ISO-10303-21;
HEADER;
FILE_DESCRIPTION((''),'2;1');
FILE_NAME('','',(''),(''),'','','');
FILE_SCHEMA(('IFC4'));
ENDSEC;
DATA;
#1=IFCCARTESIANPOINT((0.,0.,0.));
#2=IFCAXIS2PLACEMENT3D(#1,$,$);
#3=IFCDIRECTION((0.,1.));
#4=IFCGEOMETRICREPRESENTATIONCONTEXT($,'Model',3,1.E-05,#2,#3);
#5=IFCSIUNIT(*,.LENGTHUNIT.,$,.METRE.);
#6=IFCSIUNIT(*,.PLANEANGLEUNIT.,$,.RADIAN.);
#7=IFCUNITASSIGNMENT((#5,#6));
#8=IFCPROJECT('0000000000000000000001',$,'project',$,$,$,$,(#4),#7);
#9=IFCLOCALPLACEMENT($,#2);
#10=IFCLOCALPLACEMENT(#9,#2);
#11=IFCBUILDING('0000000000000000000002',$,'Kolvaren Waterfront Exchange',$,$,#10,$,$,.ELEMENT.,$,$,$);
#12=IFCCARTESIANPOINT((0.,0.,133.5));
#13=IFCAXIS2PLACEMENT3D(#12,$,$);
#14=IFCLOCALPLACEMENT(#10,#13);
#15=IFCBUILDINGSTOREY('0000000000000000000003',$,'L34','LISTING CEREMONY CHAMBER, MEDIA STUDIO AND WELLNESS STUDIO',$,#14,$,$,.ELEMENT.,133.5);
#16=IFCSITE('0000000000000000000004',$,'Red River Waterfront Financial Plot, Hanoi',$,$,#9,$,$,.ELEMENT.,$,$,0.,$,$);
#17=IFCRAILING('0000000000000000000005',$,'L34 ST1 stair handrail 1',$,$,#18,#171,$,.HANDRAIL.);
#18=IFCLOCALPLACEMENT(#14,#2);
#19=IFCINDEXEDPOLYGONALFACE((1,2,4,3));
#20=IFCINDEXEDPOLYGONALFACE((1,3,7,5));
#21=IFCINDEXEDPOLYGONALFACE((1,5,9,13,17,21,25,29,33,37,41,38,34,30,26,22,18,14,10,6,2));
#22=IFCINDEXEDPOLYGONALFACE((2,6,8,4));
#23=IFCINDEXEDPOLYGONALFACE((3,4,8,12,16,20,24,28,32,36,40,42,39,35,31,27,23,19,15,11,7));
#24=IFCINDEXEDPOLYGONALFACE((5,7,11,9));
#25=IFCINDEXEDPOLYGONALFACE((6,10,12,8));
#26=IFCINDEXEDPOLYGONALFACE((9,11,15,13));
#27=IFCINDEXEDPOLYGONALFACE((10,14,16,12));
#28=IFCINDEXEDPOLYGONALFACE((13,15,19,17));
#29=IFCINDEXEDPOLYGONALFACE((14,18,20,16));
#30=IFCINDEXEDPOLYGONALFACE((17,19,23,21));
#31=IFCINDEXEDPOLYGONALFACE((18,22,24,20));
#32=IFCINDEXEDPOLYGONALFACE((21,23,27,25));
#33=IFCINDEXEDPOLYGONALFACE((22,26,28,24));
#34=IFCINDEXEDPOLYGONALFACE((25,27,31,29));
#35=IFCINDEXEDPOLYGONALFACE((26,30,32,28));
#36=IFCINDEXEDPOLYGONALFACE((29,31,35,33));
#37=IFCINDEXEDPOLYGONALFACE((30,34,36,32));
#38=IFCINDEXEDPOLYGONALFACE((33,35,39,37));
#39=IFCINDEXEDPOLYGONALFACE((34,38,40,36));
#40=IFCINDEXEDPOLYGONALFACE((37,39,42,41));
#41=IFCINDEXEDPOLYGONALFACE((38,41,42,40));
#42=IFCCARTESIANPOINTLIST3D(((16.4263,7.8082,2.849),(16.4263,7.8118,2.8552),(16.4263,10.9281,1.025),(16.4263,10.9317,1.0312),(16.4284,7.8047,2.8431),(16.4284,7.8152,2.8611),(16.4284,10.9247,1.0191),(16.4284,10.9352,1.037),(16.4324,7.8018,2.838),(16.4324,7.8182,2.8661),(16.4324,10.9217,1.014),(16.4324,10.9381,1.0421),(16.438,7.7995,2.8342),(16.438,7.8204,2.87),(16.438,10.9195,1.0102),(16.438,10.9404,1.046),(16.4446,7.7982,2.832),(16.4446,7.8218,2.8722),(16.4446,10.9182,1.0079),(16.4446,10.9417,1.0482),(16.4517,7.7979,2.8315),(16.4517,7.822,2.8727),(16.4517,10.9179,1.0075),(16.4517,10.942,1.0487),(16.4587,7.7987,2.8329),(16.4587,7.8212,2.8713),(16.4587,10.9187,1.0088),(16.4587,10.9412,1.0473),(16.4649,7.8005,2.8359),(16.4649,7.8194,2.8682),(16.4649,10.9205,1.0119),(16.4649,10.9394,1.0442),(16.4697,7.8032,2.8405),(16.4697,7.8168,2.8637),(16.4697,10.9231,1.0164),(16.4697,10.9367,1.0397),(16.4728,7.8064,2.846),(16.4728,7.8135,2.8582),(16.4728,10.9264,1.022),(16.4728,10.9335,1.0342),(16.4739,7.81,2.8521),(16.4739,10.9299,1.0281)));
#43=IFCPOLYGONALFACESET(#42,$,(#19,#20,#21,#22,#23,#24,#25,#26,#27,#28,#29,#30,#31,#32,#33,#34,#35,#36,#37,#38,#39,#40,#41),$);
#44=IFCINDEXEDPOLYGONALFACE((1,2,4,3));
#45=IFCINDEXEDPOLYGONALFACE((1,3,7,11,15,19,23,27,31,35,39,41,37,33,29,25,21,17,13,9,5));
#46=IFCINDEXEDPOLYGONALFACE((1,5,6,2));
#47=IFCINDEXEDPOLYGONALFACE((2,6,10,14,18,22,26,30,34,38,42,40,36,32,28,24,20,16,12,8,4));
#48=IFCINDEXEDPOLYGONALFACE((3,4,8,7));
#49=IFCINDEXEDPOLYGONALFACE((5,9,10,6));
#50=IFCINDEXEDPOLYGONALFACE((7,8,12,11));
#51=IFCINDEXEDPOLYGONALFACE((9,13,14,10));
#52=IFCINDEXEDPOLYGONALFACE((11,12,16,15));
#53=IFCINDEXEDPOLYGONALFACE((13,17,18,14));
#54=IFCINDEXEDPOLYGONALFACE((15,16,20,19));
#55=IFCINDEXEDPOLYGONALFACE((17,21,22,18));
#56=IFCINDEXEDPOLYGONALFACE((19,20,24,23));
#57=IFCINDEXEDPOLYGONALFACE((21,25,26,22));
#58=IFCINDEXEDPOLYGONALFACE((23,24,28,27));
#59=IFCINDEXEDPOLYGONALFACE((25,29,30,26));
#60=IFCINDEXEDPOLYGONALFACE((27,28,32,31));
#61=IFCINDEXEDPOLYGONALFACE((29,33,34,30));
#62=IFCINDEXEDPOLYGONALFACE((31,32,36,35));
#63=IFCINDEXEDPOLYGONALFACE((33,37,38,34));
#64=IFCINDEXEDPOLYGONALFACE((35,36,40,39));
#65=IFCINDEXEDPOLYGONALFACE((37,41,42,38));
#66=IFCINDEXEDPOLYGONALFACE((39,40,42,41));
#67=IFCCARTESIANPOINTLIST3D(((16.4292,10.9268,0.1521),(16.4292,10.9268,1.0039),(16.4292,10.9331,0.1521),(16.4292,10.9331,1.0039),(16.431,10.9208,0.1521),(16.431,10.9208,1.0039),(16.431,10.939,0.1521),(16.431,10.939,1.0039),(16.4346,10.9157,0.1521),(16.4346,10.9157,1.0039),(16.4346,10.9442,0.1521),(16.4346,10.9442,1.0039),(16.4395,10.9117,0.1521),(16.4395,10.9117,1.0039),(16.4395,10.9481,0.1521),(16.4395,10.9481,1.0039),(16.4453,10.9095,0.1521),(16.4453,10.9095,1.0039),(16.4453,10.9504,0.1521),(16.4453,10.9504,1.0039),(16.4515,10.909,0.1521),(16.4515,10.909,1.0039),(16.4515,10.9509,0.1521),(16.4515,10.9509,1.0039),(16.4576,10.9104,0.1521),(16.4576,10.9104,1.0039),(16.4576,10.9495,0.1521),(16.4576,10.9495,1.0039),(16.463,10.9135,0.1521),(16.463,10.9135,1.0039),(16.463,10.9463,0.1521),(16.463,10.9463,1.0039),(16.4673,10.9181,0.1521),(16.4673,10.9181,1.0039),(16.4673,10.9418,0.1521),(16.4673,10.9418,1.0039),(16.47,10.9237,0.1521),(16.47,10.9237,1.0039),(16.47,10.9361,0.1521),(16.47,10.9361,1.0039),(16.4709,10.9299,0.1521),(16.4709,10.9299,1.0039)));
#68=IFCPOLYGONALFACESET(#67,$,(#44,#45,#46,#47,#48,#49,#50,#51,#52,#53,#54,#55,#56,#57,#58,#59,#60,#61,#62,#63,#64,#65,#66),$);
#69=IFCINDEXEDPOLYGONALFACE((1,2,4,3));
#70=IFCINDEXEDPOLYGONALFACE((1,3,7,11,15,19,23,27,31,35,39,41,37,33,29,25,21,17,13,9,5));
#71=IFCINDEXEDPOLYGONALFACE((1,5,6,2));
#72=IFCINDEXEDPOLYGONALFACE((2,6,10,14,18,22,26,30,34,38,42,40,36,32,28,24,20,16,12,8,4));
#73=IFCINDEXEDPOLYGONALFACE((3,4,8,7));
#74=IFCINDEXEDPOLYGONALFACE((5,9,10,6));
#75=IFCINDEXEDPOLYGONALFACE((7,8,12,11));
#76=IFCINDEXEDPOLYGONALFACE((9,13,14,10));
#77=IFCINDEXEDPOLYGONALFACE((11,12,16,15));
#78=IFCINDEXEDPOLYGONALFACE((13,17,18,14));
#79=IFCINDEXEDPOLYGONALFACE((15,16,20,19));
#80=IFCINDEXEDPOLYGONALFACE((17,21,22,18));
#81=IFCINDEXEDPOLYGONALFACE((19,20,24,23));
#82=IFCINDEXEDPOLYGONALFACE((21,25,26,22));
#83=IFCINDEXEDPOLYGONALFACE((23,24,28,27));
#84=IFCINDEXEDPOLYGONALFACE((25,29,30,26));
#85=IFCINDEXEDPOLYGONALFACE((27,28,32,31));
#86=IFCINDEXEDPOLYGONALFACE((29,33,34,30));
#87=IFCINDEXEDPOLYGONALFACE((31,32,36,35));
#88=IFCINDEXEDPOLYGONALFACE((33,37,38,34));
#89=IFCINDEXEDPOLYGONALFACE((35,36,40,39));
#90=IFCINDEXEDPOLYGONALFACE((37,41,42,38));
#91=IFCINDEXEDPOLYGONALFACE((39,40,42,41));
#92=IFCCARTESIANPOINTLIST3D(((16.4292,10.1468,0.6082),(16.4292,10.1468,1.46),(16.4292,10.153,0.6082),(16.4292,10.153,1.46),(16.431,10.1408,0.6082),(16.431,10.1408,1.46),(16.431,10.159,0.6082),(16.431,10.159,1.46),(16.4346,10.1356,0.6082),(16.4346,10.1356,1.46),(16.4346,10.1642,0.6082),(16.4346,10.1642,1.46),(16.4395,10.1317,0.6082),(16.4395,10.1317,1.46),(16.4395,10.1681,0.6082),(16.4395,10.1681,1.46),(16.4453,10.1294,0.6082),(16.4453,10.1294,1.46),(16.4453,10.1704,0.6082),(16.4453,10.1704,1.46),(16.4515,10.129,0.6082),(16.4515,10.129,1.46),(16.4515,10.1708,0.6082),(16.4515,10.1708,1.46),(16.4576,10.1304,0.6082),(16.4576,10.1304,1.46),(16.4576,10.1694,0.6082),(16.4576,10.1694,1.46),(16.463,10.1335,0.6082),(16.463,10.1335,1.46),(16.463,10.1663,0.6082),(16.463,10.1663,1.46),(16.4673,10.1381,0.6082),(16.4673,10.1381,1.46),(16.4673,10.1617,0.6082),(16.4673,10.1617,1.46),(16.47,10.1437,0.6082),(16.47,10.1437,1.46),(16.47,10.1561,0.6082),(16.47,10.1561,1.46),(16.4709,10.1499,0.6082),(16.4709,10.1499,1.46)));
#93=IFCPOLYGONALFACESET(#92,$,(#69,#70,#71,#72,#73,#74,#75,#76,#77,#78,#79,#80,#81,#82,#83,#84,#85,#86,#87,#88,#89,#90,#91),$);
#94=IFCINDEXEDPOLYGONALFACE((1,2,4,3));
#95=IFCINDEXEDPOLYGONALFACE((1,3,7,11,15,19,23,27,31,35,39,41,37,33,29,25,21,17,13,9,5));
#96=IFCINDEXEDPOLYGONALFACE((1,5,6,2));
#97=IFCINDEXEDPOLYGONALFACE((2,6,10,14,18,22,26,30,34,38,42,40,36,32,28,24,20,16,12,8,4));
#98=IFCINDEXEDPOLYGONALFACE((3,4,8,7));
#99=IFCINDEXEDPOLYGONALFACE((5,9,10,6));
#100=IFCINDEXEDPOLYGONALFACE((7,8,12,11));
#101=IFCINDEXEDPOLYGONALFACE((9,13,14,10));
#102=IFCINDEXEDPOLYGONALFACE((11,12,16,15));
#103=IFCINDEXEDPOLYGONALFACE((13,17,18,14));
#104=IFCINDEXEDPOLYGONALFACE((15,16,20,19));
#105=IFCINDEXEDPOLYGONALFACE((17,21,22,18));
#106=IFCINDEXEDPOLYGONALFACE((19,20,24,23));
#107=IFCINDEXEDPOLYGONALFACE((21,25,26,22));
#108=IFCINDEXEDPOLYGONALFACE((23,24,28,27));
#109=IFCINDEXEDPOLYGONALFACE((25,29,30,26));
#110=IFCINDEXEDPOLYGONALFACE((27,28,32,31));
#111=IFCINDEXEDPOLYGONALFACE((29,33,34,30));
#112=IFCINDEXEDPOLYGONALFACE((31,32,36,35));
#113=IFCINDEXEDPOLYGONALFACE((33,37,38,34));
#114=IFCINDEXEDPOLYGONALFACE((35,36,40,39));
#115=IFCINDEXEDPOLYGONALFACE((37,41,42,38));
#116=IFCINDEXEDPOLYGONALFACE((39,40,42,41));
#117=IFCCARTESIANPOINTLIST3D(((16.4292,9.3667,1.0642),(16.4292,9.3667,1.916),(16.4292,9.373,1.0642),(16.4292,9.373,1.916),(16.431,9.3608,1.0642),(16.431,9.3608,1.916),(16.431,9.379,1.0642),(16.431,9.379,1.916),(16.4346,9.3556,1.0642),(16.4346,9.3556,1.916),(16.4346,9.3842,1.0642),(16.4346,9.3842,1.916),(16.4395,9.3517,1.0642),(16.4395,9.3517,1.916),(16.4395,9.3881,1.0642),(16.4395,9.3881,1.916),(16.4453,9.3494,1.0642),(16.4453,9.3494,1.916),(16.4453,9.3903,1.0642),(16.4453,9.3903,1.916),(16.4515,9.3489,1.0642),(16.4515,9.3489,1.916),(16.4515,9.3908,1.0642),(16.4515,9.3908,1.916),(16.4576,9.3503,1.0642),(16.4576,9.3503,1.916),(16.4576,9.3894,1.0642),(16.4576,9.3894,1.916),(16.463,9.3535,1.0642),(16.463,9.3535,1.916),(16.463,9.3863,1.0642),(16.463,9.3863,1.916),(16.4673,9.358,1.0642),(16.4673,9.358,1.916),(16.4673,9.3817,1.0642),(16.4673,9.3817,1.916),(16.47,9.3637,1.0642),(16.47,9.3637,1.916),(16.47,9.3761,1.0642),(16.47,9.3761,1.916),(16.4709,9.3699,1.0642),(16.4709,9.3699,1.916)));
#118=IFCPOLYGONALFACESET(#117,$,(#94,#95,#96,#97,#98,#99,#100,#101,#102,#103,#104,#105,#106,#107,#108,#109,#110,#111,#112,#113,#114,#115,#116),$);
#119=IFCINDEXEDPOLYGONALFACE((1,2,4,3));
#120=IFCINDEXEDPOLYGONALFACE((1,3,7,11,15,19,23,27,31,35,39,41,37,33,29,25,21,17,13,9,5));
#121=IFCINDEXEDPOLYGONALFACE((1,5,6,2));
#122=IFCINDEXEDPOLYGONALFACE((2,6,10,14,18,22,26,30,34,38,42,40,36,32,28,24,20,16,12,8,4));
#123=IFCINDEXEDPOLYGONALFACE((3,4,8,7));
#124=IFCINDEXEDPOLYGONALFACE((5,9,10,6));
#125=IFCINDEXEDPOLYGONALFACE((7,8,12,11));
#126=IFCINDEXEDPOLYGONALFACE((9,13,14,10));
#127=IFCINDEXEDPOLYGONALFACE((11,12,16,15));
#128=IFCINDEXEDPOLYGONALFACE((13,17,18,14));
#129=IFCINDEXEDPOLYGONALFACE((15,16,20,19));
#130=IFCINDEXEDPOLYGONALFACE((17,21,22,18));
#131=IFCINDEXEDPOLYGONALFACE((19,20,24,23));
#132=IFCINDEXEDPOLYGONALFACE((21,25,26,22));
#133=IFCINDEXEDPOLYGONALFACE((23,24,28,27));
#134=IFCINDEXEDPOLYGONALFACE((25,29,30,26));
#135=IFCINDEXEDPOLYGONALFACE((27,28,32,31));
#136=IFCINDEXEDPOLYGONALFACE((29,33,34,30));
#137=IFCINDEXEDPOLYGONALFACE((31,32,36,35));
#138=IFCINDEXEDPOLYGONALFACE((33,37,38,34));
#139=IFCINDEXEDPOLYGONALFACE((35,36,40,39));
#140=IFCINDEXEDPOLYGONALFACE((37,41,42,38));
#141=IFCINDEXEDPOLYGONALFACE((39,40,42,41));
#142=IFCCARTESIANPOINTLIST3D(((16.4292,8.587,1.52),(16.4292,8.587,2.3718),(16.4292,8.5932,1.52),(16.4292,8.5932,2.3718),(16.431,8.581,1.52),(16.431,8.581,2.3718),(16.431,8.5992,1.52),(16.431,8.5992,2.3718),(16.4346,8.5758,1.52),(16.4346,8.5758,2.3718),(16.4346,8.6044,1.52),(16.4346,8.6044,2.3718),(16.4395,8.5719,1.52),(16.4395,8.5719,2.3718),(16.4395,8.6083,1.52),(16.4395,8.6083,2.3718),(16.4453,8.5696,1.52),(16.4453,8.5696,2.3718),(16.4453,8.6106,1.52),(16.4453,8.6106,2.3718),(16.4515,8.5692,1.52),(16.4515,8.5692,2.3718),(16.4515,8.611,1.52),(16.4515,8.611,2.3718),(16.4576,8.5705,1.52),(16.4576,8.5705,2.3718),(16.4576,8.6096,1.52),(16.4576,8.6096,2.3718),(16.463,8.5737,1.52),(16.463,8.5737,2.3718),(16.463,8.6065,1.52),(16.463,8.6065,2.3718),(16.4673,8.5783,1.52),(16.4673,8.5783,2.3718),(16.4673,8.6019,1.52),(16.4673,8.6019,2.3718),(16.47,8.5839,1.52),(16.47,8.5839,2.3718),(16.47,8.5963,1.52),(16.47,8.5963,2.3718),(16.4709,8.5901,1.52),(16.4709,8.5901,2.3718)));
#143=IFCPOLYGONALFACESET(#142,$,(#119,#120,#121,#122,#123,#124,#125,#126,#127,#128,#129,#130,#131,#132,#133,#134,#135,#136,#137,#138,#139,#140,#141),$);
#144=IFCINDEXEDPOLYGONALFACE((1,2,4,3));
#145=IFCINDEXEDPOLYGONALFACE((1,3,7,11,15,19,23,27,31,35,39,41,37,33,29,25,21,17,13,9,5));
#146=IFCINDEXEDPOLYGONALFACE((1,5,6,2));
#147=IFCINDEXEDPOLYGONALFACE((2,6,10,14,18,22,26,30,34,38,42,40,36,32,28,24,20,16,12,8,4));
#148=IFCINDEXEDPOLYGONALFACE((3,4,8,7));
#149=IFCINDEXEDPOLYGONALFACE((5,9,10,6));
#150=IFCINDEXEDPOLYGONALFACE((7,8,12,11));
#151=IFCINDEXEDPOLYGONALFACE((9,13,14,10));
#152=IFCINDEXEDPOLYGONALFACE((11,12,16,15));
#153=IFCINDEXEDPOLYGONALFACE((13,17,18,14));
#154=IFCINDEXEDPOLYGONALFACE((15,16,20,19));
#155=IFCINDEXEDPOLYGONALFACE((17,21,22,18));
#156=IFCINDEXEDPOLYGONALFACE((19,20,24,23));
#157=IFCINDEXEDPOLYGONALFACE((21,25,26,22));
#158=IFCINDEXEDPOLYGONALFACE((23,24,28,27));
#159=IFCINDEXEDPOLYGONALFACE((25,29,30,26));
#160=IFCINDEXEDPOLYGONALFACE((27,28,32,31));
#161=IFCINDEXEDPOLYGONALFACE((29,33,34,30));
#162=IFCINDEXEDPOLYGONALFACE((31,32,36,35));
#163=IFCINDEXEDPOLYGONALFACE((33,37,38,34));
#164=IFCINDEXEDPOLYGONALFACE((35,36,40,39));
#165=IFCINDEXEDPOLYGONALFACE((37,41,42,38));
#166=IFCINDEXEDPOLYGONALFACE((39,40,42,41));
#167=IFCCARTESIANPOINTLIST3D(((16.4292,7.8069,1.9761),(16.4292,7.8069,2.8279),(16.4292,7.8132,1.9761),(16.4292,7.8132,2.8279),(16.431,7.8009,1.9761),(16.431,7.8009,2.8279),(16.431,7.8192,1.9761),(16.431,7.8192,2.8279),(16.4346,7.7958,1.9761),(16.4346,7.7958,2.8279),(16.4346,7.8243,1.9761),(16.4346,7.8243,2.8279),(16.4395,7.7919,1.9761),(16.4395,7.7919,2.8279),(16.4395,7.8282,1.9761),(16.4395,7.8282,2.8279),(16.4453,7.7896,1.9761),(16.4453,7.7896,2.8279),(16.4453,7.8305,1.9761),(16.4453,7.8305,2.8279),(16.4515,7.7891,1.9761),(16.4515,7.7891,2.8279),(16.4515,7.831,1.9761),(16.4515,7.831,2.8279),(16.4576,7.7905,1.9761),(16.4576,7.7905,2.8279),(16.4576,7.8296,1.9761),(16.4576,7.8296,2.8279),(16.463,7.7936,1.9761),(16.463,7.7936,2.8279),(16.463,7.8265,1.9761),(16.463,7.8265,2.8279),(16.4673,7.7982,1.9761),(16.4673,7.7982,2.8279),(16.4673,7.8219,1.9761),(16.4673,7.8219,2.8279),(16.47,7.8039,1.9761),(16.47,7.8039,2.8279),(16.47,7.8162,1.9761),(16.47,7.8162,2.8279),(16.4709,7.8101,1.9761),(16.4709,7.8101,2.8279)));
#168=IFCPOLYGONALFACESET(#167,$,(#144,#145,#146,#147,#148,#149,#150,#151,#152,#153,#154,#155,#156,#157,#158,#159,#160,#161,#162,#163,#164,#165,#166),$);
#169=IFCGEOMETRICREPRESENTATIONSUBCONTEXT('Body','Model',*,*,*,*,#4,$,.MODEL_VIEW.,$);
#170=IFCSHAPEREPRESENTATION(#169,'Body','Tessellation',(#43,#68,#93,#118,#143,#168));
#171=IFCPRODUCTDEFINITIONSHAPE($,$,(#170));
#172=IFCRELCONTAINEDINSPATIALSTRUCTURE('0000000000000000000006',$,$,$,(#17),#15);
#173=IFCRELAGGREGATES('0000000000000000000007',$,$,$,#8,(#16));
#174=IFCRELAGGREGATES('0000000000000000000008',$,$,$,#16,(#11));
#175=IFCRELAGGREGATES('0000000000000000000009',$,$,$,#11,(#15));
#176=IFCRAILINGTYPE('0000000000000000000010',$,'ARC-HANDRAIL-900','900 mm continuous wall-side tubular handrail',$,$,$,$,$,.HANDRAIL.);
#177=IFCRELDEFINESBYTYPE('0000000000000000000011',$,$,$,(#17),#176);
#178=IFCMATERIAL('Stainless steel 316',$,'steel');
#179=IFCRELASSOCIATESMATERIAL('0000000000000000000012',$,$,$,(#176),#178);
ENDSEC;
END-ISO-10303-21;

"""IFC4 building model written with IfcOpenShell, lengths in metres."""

from ifc_helpers import new_model, si_unit, direction, frame, origin, origin_2d, place, context, subcontext, project, spatial, circle, extrude, material, type_object, element, save


model = new_model("IFC4")

# Units and contexts
model_context = context("Model", 3, precision=1e-05, world=origin(), true_north=direction((0.0, 1.0)))
body_context = subcontext(model_context, "Body", "Model", "MODEL_VIEW")
ifc_project = project(units=[si_unit("LENGTHUNIT", "METRE"), si_unit("PLANEANGLEUNIT", "RADIAN")], contexts=[model_context])

# Site, building, storey
site_placement = place(None, origin())
site = spatial("IfcSite", under=ifc_project, at=site_placement, Name="Red River Waterfront Financial Plot, Hanoi", CompositionType="ELEMENT", RefElevation=0.0)
building_placement = place(site_placement, origin())
building = spatial("IfcBuilding", under=site, at=building_placement, Name="Kolvaren Waterfront Exchange", CompositionType="ELEMENT")
storey_placement = place(building_placement, frame((0.0, 0.0, 133.5)))
storey = spatial("IfcBuildingStorey", under=building, at=storey_placement, Name="L34", Description="LISTING CEREMONY CHAMBER, MEDIA STUDIO AND WELLNESS STUDIO", CompositionType="ELEMENT", Elevation=133.5)

# Railing
ifc_material_1 = material(Name="Stainless steel 316", Category="steel")
railing_type_1 = type_object("IfcRailingType", Name="ARC-HANDRAIL-900", Description="900 mm continuous wall-side tubular handrail", PredefinedType="HANDRAIL", material=ifc_material_1)
railing_1_placement = place(storey_placement, frame((16.45, 10.9299, 0.1521)))
element("IfcRailing", 1, at=railing_1_placement, inside=storey, type_object=railing_type_1, Name="L34 ST1 stair handrail 1", PredefinedType="HANDRAIL", context=body_context, shape_type="SweptSolid", body=[
    extrude(circle(Radius=0.0239, at=origin_2d()), frame((0.0, 0.0, 0.876), z_axis=(0.0, -0.863291, 0.504707), x_axis=(1.0, 0.0, 0.0)), (0.0, 0.0, 1.0), 3.614),
    extrude(circle(Radius=0.021, at=origin_2d()), origin(), (0.0, 0.0, 1.0), 0.8518),
    extrude(circle(Radius=0.021, at=origin_2d()), frame((0.0, -0.78, 0.4561)), (0.0, 0.0, 1.0), 0.8518),
    extrude(circle(Radius=0.021, at=origin_2d()), frame((0.0, -1.5601, 0.9121)), (0.0, 0.0, 1.0), 0.8518),
    extrude(circle(Radius=0.021, at=origin_2d()), frame((0.0, -2.3398, 1.3679)), (0.0, 0.0, 1.0), 0.8518),
    extrude(circle(Radius=0.021, at=origin_2d()), frame((0.0, -3.1199, 1.824)), (0.0, 0.0, 1.0), 0.8518),
])

save(model, "model.ifc")
